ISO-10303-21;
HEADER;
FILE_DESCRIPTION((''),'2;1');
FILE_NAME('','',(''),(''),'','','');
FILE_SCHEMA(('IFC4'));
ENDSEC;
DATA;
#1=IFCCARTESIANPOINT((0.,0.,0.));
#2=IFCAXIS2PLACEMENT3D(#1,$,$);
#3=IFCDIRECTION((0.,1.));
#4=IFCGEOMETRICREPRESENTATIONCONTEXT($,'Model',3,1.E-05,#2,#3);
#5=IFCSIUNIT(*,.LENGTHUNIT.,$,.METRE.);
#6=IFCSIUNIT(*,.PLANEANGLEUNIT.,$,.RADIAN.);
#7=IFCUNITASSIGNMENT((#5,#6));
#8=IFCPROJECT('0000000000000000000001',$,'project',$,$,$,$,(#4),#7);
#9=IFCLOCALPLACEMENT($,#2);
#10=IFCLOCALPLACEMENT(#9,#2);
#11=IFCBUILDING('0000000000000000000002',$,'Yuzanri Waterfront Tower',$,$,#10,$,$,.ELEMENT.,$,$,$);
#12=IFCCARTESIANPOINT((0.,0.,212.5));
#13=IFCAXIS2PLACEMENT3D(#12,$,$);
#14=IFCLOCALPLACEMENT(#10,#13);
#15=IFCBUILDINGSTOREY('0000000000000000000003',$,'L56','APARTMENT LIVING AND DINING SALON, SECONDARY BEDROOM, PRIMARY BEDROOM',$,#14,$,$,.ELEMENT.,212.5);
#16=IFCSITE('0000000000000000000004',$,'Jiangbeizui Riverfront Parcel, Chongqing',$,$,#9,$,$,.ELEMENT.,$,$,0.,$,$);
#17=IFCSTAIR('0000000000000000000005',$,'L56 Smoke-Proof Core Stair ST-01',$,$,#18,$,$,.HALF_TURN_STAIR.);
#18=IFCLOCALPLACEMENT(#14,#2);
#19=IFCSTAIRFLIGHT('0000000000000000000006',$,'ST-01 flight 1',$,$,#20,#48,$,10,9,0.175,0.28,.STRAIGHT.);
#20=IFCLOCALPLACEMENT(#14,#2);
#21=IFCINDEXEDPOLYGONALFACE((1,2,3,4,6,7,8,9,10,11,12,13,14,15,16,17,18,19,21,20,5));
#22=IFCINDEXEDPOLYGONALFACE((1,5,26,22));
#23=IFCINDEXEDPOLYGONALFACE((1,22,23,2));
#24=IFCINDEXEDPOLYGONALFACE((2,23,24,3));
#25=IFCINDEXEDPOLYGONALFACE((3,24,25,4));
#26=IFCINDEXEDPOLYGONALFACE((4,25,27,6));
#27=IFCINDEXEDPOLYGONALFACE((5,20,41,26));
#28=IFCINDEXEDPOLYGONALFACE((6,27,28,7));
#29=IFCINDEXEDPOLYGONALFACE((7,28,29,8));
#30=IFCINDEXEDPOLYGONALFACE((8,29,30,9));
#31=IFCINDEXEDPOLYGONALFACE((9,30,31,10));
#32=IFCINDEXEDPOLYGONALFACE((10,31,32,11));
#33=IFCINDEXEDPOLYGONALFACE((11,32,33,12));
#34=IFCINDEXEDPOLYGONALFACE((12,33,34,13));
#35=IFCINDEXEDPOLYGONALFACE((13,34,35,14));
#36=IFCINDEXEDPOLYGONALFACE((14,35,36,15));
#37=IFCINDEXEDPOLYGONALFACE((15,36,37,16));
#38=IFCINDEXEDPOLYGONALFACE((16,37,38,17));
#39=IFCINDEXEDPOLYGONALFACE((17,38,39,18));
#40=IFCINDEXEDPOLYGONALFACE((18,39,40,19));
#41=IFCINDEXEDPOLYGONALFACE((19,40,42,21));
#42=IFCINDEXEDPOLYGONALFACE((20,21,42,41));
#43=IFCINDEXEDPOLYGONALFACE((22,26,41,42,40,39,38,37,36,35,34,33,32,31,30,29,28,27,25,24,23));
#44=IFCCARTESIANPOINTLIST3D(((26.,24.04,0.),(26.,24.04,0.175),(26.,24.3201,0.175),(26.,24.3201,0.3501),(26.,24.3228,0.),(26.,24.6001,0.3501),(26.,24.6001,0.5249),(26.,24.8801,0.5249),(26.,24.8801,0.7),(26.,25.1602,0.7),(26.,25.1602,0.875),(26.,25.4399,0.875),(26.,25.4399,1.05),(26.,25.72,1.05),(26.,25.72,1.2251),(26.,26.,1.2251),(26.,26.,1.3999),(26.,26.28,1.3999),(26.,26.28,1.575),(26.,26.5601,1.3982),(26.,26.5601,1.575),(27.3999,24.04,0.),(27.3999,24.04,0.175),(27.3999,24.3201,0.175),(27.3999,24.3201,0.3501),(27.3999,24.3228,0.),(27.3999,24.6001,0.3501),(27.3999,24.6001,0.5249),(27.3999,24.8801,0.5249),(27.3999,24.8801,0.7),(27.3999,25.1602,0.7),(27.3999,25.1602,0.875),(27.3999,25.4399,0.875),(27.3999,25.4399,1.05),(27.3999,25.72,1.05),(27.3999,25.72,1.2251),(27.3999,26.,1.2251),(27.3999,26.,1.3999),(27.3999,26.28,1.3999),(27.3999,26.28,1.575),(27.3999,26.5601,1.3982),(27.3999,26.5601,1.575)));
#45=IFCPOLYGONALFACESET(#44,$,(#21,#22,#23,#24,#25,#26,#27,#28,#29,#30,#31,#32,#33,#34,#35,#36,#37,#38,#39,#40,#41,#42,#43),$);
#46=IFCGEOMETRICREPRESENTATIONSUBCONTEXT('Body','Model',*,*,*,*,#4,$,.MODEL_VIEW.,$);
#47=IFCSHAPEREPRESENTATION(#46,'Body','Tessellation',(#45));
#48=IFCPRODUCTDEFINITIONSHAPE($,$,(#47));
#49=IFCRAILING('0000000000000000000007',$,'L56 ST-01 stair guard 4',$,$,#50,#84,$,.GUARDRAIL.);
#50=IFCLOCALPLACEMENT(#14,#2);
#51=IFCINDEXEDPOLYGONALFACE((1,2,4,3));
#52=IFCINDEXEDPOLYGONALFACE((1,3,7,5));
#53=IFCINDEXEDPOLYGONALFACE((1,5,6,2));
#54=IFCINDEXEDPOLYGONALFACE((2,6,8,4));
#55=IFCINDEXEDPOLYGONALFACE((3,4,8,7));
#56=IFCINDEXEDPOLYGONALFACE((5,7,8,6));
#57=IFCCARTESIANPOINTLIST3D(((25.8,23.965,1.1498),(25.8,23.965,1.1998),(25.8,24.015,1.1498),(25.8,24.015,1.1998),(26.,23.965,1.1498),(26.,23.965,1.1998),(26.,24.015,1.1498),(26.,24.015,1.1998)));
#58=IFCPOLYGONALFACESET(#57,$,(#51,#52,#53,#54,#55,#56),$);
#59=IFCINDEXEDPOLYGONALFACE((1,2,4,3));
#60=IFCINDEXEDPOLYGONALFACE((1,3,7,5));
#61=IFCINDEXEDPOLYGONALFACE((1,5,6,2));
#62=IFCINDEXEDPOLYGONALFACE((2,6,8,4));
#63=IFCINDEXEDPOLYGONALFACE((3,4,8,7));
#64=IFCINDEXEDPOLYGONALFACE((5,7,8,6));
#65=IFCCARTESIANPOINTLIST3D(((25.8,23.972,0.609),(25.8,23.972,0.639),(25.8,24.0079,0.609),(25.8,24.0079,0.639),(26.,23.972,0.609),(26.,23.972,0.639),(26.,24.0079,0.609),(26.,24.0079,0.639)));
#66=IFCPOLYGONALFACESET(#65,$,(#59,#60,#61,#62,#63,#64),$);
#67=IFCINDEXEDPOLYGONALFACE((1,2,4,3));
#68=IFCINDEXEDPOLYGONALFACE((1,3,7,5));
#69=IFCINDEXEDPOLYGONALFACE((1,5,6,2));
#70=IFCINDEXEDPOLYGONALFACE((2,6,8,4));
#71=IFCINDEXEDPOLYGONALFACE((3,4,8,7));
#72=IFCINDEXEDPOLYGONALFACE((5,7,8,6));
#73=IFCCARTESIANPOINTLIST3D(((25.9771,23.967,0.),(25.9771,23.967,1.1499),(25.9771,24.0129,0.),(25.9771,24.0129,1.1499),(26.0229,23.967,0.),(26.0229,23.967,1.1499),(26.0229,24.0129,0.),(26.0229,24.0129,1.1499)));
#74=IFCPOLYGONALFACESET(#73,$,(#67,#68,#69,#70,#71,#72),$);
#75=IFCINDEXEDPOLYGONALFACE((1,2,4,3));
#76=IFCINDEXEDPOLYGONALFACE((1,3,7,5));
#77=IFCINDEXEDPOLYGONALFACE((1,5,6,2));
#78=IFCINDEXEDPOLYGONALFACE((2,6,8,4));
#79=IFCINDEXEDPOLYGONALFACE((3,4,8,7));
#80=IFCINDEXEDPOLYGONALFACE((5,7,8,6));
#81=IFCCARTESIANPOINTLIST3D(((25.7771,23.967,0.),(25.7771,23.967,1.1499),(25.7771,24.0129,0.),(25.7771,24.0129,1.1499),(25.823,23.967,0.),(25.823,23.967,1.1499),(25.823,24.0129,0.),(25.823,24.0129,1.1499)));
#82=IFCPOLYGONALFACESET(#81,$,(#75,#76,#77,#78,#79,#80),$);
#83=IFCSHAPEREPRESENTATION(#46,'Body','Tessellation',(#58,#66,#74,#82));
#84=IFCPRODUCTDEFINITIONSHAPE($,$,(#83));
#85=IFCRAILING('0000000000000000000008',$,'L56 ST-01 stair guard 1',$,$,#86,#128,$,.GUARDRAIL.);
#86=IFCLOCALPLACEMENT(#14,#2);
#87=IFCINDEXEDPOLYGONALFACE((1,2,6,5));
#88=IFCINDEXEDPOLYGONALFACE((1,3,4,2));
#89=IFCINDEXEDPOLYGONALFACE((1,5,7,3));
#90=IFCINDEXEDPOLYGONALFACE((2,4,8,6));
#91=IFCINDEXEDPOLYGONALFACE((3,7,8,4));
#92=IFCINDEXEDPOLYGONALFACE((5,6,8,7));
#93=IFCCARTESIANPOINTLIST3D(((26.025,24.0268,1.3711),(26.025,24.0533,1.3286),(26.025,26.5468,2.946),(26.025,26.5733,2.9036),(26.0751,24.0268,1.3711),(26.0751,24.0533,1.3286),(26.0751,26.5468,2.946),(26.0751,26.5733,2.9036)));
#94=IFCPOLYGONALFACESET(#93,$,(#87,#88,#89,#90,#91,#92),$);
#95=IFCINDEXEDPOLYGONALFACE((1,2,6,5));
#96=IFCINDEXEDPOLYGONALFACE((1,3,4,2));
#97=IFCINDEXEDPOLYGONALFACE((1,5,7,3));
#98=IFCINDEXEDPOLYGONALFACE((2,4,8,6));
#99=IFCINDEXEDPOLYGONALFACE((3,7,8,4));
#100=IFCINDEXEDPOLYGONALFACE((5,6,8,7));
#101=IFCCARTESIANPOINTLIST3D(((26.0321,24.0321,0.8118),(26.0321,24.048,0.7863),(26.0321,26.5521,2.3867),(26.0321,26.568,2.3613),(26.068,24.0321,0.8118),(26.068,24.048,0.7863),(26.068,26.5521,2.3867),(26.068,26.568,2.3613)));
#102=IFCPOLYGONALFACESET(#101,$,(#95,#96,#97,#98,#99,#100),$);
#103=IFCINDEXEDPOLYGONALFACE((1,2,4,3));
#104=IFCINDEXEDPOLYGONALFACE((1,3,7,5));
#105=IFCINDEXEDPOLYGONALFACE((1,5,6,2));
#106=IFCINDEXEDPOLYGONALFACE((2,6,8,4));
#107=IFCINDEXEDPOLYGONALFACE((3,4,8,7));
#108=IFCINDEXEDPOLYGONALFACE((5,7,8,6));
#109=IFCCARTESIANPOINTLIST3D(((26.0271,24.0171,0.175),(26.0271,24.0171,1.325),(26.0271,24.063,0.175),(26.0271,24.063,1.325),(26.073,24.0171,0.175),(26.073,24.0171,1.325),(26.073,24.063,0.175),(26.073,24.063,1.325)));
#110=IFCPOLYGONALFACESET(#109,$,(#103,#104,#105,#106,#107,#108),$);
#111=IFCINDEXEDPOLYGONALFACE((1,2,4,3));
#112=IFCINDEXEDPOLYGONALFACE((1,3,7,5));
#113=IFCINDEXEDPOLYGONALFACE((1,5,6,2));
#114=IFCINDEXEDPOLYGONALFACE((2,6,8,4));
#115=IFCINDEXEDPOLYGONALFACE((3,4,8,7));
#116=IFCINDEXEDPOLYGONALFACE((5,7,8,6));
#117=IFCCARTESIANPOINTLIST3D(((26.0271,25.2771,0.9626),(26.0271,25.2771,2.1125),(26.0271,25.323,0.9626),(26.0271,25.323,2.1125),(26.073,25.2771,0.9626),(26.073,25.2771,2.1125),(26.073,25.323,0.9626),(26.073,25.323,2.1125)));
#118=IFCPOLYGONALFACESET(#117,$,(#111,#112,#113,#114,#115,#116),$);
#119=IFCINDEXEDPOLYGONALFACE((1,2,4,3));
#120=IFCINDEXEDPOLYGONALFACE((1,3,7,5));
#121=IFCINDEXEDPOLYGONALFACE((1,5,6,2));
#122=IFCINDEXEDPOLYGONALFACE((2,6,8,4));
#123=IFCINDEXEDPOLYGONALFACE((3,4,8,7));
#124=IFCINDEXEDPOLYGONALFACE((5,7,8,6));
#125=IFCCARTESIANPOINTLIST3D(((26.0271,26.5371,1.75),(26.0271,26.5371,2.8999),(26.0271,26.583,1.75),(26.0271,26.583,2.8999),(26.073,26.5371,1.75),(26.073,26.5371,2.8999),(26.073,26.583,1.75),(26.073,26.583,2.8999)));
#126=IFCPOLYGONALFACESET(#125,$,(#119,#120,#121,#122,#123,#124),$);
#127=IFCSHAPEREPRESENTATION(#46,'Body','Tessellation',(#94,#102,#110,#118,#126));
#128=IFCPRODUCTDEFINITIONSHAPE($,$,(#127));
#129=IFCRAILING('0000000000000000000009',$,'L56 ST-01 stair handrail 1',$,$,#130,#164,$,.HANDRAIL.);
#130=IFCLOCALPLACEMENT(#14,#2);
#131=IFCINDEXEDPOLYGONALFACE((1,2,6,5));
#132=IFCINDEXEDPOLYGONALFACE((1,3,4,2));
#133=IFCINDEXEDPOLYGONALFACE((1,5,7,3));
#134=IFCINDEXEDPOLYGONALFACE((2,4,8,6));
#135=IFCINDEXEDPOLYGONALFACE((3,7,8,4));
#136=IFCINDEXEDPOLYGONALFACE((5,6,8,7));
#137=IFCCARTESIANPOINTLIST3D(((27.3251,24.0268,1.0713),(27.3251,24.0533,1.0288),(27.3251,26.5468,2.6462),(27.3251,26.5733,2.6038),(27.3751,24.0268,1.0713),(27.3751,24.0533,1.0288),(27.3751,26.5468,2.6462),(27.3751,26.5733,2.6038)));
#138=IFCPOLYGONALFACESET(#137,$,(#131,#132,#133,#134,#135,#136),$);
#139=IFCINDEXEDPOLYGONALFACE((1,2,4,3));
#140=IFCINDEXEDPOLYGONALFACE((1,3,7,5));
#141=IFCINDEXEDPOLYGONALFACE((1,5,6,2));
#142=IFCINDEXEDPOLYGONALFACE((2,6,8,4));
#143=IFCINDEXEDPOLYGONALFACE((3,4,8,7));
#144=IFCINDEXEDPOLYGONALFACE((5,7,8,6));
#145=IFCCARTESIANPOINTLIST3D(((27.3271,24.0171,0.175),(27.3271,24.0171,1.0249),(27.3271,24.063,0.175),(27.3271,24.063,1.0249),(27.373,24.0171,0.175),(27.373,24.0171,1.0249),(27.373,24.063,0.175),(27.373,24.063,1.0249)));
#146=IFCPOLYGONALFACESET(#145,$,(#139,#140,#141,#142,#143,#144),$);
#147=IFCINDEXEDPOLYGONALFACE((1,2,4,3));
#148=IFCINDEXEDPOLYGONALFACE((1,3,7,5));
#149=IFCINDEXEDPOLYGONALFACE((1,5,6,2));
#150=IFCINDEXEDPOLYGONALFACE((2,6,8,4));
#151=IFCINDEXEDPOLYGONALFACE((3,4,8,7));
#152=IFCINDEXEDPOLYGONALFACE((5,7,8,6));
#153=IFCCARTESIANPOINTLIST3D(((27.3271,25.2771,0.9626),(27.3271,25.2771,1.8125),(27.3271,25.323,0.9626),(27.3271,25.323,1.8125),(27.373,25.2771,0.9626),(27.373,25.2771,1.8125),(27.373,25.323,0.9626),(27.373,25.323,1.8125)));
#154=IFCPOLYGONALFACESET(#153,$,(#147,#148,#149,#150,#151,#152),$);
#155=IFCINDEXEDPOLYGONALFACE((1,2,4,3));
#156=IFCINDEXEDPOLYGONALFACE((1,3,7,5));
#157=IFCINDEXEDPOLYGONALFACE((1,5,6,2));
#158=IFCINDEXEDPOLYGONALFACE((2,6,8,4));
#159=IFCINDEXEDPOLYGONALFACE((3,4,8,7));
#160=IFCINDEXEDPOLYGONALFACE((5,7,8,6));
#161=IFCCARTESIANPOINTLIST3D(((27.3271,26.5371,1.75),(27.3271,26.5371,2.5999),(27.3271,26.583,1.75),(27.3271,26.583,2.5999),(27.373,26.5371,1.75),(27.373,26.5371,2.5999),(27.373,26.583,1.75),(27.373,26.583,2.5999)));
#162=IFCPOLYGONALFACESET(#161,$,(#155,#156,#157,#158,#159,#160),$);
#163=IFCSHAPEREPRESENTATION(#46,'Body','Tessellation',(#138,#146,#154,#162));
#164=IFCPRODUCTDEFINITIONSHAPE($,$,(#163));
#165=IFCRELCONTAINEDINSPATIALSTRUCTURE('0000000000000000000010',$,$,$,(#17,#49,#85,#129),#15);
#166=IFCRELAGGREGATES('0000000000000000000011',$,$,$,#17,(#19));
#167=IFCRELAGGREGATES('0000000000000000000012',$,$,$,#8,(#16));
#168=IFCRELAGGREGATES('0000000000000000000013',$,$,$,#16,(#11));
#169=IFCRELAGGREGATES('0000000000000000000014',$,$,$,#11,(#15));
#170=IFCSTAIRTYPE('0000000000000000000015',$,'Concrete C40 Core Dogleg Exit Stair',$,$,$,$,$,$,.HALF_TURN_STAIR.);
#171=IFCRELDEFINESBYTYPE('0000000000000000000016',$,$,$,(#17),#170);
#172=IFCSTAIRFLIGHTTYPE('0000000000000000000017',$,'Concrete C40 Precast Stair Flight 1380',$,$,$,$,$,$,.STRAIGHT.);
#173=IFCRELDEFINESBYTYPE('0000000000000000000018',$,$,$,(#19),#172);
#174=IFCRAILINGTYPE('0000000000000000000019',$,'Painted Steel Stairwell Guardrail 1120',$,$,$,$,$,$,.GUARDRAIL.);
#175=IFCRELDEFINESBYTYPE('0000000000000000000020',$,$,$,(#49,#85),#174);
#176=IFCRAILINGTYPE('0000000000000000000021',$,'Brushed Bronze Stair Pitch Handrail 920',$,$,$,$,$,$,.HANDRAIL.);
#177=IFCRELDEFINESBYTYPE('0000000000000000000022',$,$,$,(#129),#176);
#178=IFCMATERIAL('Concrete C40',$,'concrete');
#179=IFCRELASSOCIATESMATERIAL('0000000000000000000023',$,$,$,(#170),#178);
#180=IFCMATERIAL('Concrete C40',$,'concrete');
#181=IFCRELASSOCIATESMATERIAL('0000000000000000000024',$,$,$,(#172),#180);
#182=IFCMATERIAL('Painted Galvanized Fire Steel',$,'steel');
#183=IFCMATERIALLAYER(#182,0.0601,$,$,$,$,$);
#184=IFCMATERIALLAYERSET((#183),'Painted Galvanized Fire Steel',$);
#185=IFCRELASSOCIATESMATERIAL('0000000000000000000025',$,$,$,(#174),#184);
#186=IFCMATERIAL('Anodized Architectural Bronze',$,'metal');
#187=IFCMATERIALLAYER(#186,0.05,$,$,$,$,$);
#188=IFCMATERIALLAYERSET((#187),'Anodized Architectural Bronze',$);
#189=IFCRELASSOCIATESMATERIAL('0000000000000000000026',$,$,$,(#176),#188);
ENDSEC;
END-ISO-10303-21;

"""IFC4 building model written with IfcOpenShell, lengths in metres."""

from ifc_helpers import new_model, si_unit, direction, frame, origin, origin_2d, place, context, subcontext, project, spatial, polyline, rectangle, outline, extrude, source, transform, mapped, material, layer, layer_set, type_object, element, aggregate, save


model = new_model("IFC4")

# Units and contexts
model_context = context("Model", 3, precision=1e-05, world=origin(), true_north=direction((0.0, 1.0)))
body_context = subcontext(model_context, "Body", "Model", "MODEL_VIEW")
ifc_project = project(units=[si_unit("LENGTHUNIT", "METRE"), si_unit("PLANEANGLEUNIT", "RADIAN")], contexts=[model_context])

# Site, building, storey
site_placement = place(None, origin())
site = spatial("IfcSite", under=ifc_project, at=site_placement, Name="Jiangbeizui Riverfront Parcel, Chongqing", CompositionType="ELEMENT", RefElevation=0.0)
building_placement = place(site_placement, origin())
building = spatial("IfcBuilding", under=site, at=building_placement, Name="Yuzanri Waterfront Tower", CompositionType="ELEMENT")
storey_placement = place(building_placement, frame((0.0, 0.0, 212.5)))
storey = spatial("IfcBuildingStorey", under=building, at=storey_placement, Name="L56", Description="APARTMENT LIVING AND DINING SALON, SECONDARY BEDROOM, PRIMARY BEDROOM", CompositionType="ELEMENT", Elevation=212.5)

# Stair, stair flight
ifc_material_1 = material(Name="Concrete C40", Category="concrete")
stair_type = type_object("IfcStairType", Name="Concrete C40 Core Dogleg Exit Stair", PredefinedType="HALF_TURN_STAIR", material=ifc_material_1)
stair_placement = place(storey_placement, origin())
stair = element("IfcStair", 1, at=stair_placement, inside=storey, type_object=stair_type, Name="L56 Smoke-Proof Core Stair ST-01", PredefinedType="HALF_TURN_STAIR")
ifc_material_2 = material(Name="Concrete C40", Category="concrete")
stair_flight_type = type_object("IfcStairFlightType", Name="Concrete C40 Precast Stair Flight 1380", PredefinedType="STRAIGHT", material=ifc_material_2)
shared_shape_1 = source(origin(), body_context, "Body", "SweptSolid", [
    extrude(outline(polyline([(0.0, 0.0), (0.0, 0.175), (0.28, 0.175), (0.28, 0.3501), (0.5601, 0.3501), (0.5601, 0.5249), (0.8401, 0.5249), (0.8401, 0.7), (1.1201, 0.7), (1.1201, 0.875), (1.3999, 0.875), (1.3999, 1.05), (1.6799, 1.05), (1.6799, 1.2251), (1.96, 1.2251), (1.96, 1.3999), (2.24, 1.3999), (2.24, 1.575), (2.52, 1.575), (2.52, 1.75), (2.52, 1.3982), (0.2827, 0.0), (0.0, 0.0)])), frame((0.0, 0.7, 0.0), z_axis=(0.0, -1.0, 0.0), x_axis=(1.0, 0.0, 0.0)), (0.0, 0.0, 1.0), 1.3999),
])
stair_flight_placement = place(storey_placement, frame((26.7, 24.04, 0.0), z_axis=(0.0, 0.0, 1.0), x_axis=(0.0, 1.0, 0.0)))
stair_flight = element("IfcStairFlight", 2, at=stair_flight_placement, type_object=stair_flight_type, Name="ST-01 flight 1", NumberOfRisers=10, NumberOfTreads=9, PredefinedType="STRAIGHT", RiserHeight=0.175, TreadLength=0.28, context=body_context, shape_type="MappedRepresentation", body=[
    mapped(shared_shape_1, transform((0.0, 0.0, 0.0), scale=1.0)),
])
aggregate(stair, [stair_flight])

# Railings
ifc_material_3 = material(Name="Painted Galvanized Fire Steel", Category="steel")
ifc_layer_1 = layer(ifc_material_3, 0.0601)
ifc_layer_set_1 = layer_set([ifc_layer_1], Name="Painted Galvanized Fire Steel")
railing_type_1 = type_object("IfcRailingType", Name="Painted Steel Stairwell Guardrail 1120", PredefinedType="GUARDRAIL", material=ifc_layer_set_1)
shared_shape_2 = source(origin(), body_context, "Body", "SweptSolid", [
    extrude(rectangle(XDim=0.05, YDim=0.05, at=origin_2d()), frame((0.0, 0.0, 1.1748), z_axis=(-1.0, 0.0, 0.0), x_axis=(0.0, -1.0, 0.0)), (0.0, 0.0, 1.0), 0.2),
    extrude(rectangle(XDim=0.0359, YDim=0.03, at=origin_2d()), frame((0.0, 0.0, 0.624), z_axis=(-1.0, 0.0, 0.0), x_axis=(0.0, -1.0, 0.0)), (0.0, 0.0, 1.0), 0.2),
    extrude(rectangle(XDim=0.0459, YDim=0.0459, at=origin_2d()), origin(), (0.0, 0.0, 1.0), 1.1499),
    extrude(rectangle(XDim=0.0459, YDim=0.0459, at=origin_2d()), frame((-0.2, 0.0, 0.0)), (0.0, 0.0, 1.0), 1.1499),
])
railing_1_placement = place(storey_placement, frame((26.0, 23.99, 0.0)))
element("IfcRailing", 3, at=railing_1_placement, inside=storey, type_object=railing_type_1, Name="L56 ST-01 stair guard 4", PredefinedType="GUARDRAIL", context=body_context, shape_type="MappedRepresentation", body=[
    mapped(shared_shape_2, transform((0.0, 0.0, 0.0), scale=1.0)),
])
shared_shape_3 = source(origin(), body_context, "Body", "SweptSolid", [
    extrude(rectangle(XDim=0.05, YDim=0.05, at=origin_2d()), frame((0.0, 0.0, 1.1748), z_axis=(0.0, 0.848008, 0.529984), x_axis=(-1.0, 0.0, 0.0)), (0.0, 0.0, 1.0), 2.9717),
    extrude(rectangle(XDim=0.0359, YDim=0.03, at=origin_2d()), frame((0.0, 0.0, 0.624), z_axis=(0.0, 0.848008, 0.529984), x_axis=(-1.0, 0.0, 0.0)), (0.0, 0.0, 1.0), 2.9717),
    extrude(rectangle(XDim=0.0459, YDim=0.0459, at=origin_2d()), origin(), (0.0, 0.0, 1.0), 1.1499),
    extrude(rectangle(XDim=0.0459, YDim=0.0459, at=origin_2d()), frame((0.0, 1.26, 0.7876)), (0.0, 0.0, 1.0), 1.1499),
    extrude(rectangle(XDim=0.0459, YDim=0.0459, at=origin_2d()), frame((0.0, 2.52, 1.575)), (0.0, 0.0, 1.0), 1.1499),
])
railing_2_placement = place(storey_placement, frame((26.05, 24.04, 0.175)))
element("IfcRailing", 4, at=railing_2_placement, inside=storey, type_object=railing_type_1, Name="L56 ST-01 stair guard 1", PredefinedType="GUARDRAIL", context=body_context, shape_type="MappedRepresentation", body=[
    mapped(shared_shape_3, transform((0.0, 0.0, 0.0), scale=1.0)),
])
ifc_material_4 = material(Name="Anodized Architectural Bronze", Category="metal")
ifc_layer_2 = layer(ifc_material_4, 0.05)
ifc_layer_set_2 = layer_set([ifc_layer_2], Name="Anodized Architectural Bronze")
railing_type_2 = type_object("IfcRailingType", Name="Brushed Bronze Stair Pitch Handrail 920", PredefinedType="HANDRAIL", material=ifc_layer_set_2)
shared_shape_4 = source(origin(), body_context, "Body", "SweptSolid", [
    extrude(rectangle(XDim=0.05, YDim=0.05, at=origin_2d()), frame((0.0, 0.0, 0.875), z_axis=(0.0, 0.848008, 0.529984), x_axis=(-1.0, 0.0, 0.0)), (0.0, 0.0, 1.0), 2.9717),
    extrude(rectangle(XDim=0.0459, YDim=0.0459, at=origin_2d()), origin(), (0.0, 0.0, 1.0), 0.8499),
    extrude(rectangle(XDim=0.0459, YDim=0.0459, at=origin_2d()), frame((0.0, 1.26, 0.7876)), (0.0, 0.0, 1.0), 0.8499),
    extrude(rectangle(XDim=0.0459, YDim=0.0459, at=origin_2d()), frame((0.0, 2.52, 1.575)), (0.0, 0.0, 1.0), 0.8499),
])
railing_3_placement = place(storey_placement, frame((27.3501, 24.04, 0.175)))
element("IfcRailing", 5, at=railing_3_placement, inside=storey, type_object=railing_type_2, Name="L56 ST-01 stair handrail 1", PredefinedType="HANDRAIL", context=body_context, shape_type="MappedRepresentation", body=[
    mapped(shared_shape_4, transform((0.0, 0.0, 0.0), scale=1.0)),
])

save(model, "model.ifc")
